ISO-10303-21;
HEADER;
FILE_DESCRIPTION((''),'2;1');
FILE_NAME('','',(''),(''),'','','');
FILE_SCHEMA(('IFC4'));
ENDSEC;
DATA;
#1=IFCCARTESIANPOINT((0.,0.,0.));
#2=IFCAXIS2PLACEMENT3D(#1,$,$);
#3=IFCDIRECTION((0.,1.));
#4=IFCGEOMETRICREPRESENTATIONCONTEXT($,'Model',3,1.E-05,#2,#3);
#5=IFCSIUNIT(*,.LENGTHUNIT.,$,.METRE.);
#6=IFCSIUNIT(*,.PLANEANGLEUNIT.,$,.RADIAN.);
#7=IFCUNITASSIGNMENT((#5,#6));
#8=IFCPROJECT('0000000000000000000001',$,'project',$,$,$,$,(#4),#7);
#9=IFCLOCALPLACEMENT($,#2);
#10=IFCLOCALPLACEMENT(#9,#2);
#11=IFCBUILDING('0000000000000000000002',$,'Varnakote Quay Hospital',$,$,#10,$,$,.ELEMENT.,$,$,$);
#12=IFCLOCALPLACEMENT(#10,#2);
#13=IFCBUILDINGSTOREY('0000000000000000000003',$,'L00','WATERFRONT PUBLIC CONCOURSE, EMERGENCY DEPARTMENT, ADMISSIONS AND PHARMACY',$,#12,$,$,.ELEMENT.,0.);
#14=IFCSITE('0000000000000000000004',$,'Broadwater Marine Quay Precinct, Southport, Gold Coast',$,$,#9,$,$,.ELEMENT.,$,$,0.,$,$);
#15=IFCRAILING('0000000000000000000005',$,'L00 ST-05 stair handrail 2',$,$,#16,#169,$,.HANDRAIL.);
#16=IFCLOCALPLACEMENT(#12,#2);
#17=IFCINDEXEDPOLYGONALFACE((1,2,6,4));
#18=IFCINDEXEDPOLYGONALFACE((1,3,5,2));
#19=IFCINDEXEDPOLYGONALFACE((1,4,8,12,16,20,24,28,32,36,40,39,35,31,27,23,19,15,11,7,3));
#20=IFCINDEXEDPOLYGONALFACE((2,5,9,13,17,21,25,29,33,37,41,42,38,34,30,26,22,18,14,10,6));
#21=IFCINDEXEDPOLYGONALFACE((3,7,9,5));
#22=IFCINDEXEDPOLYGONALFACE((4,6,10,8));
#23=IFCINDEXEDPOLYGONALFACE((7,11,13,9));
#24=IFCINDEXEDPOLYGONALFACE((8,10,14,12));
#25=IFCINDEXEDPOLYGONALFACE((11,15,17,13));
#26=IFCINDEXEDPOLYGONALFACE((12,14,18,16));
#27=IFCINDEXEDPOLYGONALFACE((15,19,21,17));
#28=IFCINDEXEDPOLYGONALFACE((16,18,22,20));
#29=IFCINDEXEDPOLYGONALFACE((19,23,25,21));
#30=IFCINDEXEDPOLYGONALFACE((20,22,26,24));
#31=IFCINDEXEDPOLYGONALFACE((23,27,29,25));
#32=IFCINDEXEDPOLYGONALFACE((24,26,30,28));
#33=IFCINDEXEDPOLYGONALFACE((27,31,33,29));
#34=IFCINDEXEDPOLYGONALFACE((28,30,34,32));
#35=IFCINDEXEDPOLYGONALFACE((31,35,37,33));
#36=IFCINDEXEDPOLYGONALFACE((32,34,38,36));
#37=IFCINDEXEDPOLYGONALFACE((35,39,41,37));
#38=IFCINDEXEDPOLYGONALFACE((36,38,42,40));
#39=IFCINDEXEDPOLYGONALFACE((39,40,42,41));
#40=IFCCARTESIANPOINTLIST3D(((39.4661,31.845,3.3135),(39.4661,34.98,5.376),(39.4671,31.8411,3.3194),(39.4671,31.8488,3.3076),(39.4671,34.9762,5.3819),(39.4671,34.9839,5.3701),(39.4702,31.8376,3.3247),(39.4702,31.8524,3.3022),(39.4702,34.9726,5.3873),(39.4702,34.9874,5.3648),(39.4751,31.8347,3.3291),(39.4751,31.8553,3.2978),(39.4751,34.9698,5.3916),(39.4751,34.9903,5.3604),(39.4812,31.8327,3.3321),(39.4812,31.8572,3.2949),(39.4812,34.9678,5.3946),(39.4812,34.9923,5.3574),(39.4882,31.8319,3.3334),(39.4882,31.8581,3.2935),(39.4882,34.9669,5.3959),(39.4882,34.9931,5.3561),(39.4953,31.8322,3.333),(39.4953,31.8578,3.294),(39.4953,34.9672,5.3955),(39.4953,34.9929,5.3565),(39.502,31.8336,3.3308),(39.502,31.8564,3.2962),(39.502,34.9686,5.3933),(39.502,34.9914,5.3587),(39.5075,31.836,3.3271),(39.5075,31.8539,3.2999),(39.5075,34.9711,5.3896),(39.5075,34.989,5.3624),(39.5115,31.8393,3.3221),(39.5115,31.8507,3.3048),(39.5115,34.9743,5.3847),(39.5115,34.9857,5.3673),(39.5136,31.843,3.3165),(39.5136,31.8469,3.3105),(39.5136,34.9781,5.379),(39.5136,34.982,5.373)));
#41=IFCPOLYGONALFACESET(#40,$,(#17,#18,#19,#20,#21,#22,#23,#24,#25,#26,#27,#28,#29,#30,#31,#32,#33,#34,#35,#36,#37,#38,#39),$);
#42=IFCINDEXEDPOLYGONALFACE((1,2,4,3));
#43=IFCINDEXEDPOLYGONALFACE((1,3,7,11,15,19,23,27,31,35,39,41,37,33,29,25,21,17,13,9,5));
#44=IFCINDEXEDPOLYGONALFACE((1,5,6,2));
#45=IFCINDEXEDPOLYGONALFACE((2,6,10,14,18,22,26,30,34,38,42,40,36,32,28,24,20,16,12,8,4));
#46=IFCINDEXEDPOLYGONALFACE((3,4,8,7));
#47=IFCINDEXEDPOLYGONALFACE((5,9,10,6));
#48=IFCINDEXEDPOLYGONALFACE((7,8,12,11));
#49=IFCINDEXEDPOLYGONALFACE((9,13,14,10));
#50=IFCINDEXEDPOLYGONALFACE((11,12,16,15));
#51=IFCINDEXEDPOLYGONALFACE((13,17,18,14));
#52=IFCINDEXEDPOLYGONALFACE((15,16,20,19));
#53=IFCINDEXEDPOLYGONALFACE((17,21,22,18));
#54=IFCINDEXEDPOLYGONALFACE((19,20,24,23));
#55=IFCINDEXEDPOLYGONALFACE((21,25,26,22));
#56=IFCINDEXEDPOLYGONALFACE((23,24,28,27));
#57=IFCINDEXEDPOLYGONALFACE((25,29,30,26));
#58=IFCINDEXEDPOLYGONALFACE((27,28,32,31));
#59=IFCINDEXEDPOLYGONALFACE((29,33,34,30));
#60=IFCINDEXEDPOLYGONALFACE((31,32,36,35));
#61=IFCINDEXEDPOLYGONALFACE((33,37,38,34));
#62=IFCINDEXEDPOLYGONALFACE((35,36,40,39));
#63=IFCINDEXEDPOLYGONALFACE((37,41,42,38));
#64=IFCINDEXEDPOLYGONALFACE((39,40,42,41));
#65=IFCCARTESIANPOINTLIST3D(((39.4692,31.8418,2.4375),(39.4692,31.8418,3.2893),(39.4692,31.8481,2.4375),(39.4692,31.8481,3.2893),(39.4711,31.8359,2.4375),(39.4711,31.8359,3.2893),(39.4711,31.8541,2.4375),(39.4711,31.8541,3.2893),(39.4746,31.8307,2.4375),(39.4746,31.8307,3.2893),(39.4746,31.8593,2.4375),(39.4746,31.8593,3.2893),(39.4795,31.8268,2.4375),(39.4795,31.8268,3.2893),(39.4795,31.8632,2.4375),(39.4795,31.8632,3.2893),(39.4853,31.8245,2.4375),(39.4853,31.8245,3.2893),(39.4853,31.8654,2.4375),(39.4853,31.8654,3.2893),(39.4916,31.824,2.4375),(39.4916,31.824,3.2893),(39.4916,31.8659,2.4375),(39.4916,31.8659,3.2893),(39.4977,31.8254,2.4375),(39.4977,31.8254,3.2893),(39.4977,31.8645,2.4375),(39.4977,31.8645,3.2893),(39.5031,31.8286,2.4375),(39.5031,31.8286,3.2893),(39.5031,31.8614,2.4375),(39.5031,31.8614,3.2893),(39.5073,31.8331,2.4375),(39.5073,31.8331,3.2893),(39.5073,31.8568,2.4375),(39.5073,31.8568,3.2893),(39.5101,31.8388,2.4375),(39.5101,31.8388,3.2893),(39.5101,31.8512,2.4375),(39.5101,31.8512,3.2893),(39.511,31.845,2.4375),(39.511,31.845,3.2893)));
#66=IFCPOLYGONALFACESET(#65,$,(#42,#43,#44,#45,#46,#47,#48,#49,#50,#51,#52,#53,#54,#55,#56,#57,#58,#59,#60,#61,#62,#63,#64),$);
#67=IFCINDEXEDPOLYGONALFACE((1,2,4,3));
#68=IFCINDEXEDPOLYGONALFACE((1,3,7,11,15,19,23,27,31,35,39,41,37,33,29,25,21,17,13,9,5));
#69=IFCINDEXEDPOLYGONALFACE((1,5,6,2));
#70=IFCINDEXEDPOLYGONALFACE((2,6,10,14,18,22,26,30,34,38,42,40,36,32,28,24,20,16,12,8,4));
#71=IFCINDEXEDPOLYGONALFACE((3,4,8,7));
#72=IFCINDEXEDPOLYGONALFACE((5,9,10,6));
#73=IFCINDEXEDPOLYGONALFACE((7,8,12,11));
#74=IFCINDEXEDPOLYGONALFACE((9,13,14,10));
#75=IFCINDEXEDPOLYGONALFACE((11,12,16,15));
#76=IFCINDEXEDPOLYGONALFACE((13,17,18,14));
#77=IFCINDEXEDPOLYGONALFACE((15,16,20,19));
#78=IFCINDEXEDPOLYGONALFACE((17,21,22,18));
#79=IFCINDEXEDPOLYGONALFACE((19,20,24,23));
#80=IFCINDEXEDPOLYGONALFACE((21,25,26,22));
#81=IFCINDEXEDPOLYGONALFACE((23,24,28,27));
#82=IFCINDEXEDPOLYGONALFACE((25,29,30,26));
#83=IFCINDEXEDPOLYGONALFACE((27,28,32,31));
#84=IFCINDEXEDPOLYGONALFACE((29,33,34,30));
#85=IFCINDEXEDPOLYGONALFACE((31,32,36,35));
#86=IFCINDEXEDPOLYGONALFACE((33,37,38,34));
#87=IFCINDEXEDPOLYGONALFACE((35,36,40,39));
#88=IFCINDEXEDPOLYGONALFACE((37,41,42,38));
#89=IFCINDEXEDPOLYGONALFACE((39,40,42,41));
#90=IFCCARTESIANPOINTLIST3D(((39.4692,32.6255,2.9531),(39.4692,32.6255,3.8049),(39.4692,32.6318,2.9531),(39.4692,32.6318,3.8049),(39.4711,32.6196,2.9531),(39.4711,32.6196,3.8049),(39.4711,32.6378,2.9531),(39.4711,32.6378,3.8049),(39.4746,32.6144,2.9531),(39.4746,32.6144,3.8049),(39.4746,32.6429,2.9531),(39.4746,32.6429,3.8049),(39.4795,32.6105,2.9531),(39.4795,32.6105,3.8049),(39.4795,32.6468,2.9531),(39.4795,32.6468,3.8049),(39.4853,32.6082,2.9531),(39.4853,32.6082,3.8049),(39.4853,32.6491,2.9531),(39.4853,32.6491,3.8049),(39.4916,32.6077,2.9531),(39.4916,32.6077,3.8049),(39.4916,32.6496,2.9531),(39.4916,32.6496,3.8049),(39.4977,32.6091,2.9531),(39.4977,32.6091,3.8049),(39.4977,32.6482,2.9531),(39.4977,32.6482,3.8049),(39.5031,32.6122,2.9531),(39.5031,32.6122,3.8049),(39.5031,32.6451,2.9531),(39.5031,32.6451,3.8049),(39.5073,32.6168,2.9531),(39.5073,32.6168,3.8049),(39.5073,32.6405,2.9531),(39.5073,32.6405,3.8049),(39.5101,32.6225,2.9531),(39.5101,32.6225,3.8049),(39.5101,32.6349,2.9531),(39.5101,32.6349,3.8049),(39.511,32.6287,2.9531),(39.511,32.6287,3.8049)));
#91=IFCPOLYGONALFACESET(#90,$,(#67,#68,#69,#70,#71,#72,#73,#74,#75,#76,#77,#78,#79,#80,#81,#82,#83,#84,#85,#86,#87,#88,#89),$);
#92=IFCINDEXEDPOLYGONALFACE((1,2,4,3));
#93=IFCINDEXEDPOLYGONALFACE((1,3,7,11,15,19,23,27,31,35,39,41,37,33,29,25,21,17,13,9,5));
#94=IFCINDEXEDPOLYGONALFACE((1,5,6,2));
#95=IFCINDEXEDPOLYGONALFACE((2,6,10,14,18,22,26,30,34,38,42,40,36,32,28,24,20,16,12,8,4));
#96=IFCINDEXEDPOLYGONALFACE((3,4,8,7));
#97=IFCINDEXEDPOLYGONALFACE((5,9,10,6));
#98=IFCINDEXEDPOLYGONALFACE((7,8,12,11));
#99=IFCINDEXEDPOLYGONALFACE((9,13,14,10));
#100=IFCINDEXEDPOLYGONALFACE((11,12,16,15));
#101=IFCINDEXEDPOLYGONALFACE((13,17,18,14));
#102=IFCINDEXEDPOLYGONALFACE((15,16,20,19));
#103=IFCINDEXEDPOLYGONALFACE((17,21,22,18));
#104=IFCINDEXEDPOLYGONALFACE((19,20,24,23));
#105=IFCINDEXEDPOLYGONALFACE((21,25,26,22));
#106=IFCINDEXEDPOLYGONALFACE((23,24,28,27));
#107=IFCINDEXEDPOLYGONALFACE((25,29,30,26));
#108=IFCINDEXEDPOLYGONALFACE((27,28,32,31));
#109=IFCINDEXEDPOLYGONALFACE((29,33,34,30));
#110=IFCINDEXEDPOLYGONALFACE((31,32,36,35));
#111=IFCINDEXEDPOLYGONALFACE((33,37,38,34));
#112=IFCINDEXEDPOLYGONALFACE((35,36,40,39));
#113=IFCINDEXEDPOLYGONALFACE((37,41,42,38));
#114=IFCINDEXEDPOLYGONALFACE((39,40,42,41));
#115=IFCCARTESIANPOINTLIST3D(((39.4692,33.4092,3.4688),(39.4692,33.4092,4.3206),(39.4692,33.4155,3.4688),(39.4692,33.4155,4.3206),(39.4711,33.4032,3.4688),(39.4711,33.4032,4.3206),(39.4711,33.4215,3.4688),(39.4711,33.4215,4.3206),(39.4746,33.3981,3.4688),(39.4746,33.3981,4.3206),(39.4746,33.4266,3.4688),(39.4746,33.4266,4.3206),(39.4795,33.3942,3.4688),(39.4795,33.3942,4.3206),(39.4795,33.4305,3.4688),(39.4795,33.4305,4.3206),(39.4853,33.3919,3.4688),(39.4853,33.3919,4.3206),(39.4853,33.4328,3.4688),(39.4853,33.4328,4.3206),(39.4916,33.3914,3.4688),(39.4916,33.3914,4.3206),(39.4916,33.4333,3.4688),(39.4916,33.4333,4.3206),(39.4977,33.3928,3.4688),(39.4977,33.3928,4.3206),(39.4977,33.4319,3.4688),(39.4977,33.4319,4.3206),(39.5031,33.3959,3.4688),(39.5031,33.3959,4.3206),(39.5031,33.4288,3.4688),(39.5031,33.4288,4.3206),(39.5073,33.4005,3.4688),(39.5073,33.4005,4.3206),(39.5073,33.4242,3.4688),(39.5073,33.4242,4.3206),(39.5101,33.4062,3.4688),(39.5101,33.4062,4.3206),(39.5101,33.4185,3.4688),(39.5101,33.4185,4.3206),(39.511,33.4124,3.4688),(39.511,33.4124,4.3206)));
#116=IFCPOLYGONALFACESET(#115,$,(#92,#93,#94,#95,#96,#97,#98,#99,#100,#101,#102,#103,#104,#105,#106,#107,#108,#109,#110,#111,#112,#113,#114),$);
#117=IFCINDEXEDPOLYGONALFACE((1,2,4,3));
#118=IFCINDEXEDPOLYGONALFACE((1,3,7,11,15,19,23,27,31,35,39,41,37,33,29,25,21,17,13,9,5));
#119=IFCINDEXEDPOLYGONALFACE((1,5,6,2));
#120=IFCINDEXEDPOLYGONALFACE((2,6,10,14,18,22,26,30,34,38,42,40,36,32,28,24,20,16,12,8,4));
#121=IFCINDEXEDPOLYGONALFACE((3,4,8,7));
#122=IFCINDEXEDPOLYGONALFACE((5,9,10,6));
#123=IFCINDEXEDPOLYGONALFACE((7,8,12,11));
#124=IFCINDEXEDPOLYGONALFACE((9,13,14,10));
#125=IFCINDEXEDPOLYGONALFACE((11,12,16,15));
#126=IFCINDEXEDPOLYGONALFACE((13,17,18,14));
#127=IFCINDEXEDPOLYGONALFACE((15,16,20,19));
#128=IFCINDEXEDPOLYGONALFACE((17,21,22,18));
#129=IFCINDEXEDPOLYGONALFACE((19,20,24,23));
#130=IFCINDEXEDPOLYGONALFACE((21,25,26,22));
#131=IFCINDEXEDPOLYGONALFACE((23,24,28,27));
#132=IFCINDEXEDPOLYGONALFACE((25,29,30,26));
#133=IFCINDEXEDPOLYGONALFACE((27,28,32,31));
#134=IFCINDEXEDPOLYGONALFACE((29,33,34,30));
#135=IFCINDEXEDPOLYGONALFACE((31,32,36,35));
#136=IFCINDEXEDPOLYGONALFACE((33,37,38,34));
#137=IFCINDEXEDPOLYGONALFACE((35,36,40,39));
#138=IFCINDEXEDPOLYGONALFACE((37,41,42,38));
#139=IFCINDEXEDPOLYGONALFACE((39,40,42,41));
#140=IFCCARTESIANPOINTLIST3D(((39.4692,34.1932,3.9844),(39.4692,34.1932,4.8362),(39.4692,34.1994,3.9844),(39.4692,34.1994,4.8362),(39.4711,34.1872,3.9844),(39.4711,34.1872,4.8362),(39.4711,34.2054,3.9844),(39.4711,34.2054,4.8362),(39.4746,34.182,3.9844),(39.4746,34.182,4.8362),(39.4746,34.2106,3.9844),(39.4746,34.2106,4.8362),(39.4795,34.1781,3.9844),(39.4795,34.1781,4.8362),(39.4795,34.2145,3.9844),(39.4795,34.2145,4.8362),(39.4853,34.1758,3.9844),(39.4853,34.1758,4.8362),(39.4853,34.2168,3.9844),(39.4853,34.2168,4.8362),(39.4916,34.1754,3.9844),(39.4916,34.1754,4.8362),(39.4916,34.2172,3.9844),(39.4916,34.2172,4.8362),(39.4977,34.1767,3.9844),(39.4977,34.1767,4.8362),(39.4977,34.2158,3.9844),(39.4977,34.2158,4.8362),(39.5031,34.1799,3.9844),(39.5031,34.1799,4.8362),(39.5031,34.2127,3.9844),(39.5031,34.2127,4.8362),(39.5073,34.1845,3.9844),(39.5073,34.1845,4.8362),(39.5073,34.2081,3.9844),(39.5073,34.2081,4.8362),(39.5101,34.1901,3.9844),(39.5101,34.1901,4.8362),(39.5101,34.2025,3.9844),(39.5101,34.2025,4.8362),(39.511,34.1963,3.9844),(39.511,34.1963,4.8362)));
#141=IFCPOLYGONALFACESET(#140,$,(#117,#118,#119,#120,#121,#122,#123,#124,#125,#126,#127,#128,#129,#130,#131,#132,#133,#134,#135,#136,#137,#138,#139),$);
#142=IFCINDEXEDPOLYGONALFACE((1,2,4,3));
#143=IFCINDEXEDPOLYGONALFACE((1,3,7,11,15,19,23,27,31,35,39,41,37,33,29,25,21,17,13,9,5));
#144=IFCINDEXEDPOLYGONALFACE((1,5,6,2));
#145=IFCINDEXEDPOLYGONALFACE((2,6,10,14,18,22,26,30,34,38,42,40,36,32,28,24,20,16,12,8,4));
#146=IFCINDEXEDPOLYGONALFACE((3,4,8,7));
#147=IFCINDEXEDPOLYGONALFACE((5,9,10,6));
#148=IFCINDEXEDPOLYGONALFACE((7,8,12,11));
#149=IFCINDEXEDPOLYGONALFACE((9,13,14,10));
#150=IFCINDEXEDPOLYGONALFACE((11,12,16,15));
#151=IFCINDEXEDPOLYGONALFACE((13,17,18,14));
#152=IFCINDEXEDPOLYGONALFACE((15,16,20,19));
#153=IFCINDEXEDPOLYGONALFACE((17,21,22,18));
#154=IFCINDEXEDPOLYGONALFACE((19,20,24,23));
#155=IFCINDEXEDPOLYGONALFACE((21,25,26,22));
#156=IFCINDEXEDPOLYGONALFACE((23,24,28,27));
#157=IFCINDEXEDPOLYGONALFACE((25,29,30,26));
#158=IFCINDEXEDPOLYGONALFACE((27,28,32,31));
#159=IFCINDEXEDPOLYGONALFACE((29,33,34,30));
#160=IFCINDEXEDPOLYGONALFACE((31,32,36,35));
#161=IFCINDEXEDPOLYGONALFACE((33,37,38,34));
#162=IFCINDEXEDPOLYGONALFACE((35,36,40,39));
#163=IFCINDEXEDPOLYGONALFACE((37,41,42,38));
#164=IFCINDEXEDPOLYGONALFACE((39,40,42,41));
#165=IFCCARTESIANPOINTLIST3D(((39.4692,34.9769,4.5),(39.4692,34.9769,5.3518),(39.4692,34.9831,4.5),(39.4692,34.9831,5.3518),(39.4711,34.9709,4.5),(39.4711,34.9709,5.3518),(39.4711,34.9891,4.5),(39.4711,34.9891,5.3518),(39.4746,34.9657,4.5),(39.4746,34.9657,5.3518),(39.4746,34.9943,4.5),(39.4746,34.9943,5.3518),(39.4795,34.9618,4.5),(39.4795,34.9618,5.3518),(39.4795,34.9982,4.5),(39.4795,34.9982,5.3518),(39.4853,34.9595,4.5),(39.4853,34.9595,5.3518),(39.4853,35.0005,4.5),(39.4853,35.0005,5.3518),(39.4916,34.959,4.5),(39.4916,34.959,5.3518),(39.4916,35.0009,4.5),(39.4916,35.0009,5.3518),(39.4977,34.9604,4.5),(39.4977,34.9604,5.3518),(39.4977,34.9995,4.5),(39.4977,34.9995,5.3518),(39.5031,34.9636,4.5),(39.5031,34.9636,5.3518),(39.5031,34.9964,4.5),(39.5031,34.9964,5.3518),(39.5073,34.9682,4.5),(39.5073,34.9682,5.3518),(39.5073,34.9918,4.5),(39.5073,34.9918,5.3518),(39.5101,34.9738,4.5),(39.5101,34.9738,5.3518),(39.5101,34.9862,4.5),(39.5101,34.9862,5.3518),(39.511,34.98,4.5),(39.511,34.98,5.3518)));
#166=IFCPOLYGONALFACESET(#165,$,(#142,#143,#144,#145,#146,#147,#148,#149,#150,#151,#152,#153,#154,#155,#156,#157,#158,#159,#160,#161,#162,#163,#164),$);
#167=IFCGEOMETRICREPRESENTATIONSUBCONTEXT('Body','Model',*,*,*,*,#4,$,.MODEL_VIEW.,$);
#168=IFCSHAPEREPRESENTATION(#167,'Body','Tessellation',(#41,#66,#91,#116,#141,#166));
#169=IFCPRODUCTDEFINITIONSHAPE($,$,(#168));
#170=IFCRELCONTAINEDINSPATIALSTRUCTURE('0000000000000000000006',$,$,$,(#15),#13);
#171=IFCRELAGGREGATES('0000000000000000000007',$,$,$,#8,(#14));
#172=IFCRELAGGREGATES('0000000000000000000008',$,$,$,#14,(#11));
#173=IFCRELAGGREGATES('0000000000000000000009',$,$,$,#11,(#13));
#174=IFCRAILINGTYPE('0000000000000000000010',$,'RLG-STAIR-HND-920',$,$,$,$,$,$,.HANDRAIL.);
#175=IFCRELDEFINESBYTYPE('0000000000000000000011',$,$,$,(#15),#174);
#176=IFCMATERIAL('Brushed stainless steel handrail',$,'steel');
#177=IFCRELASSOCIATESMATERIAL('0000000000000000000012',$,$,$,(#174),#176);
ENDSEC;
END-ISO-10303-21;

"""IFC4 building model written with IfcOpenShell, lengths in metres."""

from ifc_helpers import new_model, si_unit, direction, frame, origin, origin_2d, place, context, subcontext, project, spatial, circle, extrude, material, type_object, element, save


model = new_model("IFC4")

# Units and contexts
model_context = context("Model", 3, precision=1e-05, world=origin(), true_north=direction((0.0, 1.0)))
body_context = subcontext(model_context, "Body", "Model", "MODEL_VIEW")
ifc_project = project(units=[si_unit("LENGTHUNIT", "METRE"), si_unit("PLANEANGLEUNIT", "RADIAN")], contexts=[model_context])

# Site, building, storey
site_placement = place(None, origin())
site = spatial("IfcSite", under=ifc_project, at=site_placement, Name="Broadwater Marine Quay Precinct, Southport, Gold Coast", CompositionType="ELEMENT", RefElevation=0.0)
building_placement = place(site_placement, origin())
building = spatial("IfcBuilding", under=site, at=building_placement, Name="Varnakote Quay Hospital", CompositionType="ELEMENT")
storey_placement = place(building_placement, origin())
storey = spatial("IfcBuildingStorey", under=building, at=storey_placement, Name="L00", Description="WATERFRONT PUBLIC CONCOURSE, EMERGENCY DEPARTMENT, ADMISSIONS AND PHARMACY", CompositionType="ELEMENT", Elevation=0.0)

# Railing
ifc_material_1 = material(Name="Brushed stainless steel handrail", Category="steel")
railing_type_1 = type_object("IfcRailingType", Name="RLG-STAIR-HND-920", PredefinedType="HANDRAIL", material=ifc_material_1)
railing_1_placement = place(storey_placement, frame((39.49, 31.845, 2.4375)))
element("IfcRailing", 1, at=railing_1_placement, inside=storey, type_object=railing_type_1, Name="L00 ST-05 stair handrail 2", PredefinedType="HANDRAIL", context=body_context, shape_type="SweptSolid", body=[
    extrude(circle(Radius=0.0239, at=origin_2d()), frame((0.0, 0.0, 0.876), z_axis=(0.0, 0.835418, 0.549615), x_axis=(-1.0, 0.0, 0.0)), (0.0, 0.0, 1.0), 3.7527),
    extrude(circle(Radius=0.021, at=origin_2d()), origin(), (0.0, 0.0, 1.0), 0.8518),
    extrude(circle(Radius=0.021, at=origin_2d()), frame((0.0, 0.7837, 0.5156)), (0.0, 0.0, 1.0), 0.8518),
    extrude(circle(Radius=0.021, at=origin_2d()), frame((0.0, 1.5674, 1.0312)), (0.0, 0.0, 1.0), 0.8518),
    extrude(circle(Radius=0.021, at=origin_2d()), frame((0.0, 2.3513, 1.5469)), (0.0, 0.0, 1.0), 0.8518),
    extrude(circle(Radius=0.021, at=origin_2d()), frame((0.0, 3.135, 2.0625)), (0.0, 0.0, 1.0), 0.8518),
])

save(model, "model.ifc")
